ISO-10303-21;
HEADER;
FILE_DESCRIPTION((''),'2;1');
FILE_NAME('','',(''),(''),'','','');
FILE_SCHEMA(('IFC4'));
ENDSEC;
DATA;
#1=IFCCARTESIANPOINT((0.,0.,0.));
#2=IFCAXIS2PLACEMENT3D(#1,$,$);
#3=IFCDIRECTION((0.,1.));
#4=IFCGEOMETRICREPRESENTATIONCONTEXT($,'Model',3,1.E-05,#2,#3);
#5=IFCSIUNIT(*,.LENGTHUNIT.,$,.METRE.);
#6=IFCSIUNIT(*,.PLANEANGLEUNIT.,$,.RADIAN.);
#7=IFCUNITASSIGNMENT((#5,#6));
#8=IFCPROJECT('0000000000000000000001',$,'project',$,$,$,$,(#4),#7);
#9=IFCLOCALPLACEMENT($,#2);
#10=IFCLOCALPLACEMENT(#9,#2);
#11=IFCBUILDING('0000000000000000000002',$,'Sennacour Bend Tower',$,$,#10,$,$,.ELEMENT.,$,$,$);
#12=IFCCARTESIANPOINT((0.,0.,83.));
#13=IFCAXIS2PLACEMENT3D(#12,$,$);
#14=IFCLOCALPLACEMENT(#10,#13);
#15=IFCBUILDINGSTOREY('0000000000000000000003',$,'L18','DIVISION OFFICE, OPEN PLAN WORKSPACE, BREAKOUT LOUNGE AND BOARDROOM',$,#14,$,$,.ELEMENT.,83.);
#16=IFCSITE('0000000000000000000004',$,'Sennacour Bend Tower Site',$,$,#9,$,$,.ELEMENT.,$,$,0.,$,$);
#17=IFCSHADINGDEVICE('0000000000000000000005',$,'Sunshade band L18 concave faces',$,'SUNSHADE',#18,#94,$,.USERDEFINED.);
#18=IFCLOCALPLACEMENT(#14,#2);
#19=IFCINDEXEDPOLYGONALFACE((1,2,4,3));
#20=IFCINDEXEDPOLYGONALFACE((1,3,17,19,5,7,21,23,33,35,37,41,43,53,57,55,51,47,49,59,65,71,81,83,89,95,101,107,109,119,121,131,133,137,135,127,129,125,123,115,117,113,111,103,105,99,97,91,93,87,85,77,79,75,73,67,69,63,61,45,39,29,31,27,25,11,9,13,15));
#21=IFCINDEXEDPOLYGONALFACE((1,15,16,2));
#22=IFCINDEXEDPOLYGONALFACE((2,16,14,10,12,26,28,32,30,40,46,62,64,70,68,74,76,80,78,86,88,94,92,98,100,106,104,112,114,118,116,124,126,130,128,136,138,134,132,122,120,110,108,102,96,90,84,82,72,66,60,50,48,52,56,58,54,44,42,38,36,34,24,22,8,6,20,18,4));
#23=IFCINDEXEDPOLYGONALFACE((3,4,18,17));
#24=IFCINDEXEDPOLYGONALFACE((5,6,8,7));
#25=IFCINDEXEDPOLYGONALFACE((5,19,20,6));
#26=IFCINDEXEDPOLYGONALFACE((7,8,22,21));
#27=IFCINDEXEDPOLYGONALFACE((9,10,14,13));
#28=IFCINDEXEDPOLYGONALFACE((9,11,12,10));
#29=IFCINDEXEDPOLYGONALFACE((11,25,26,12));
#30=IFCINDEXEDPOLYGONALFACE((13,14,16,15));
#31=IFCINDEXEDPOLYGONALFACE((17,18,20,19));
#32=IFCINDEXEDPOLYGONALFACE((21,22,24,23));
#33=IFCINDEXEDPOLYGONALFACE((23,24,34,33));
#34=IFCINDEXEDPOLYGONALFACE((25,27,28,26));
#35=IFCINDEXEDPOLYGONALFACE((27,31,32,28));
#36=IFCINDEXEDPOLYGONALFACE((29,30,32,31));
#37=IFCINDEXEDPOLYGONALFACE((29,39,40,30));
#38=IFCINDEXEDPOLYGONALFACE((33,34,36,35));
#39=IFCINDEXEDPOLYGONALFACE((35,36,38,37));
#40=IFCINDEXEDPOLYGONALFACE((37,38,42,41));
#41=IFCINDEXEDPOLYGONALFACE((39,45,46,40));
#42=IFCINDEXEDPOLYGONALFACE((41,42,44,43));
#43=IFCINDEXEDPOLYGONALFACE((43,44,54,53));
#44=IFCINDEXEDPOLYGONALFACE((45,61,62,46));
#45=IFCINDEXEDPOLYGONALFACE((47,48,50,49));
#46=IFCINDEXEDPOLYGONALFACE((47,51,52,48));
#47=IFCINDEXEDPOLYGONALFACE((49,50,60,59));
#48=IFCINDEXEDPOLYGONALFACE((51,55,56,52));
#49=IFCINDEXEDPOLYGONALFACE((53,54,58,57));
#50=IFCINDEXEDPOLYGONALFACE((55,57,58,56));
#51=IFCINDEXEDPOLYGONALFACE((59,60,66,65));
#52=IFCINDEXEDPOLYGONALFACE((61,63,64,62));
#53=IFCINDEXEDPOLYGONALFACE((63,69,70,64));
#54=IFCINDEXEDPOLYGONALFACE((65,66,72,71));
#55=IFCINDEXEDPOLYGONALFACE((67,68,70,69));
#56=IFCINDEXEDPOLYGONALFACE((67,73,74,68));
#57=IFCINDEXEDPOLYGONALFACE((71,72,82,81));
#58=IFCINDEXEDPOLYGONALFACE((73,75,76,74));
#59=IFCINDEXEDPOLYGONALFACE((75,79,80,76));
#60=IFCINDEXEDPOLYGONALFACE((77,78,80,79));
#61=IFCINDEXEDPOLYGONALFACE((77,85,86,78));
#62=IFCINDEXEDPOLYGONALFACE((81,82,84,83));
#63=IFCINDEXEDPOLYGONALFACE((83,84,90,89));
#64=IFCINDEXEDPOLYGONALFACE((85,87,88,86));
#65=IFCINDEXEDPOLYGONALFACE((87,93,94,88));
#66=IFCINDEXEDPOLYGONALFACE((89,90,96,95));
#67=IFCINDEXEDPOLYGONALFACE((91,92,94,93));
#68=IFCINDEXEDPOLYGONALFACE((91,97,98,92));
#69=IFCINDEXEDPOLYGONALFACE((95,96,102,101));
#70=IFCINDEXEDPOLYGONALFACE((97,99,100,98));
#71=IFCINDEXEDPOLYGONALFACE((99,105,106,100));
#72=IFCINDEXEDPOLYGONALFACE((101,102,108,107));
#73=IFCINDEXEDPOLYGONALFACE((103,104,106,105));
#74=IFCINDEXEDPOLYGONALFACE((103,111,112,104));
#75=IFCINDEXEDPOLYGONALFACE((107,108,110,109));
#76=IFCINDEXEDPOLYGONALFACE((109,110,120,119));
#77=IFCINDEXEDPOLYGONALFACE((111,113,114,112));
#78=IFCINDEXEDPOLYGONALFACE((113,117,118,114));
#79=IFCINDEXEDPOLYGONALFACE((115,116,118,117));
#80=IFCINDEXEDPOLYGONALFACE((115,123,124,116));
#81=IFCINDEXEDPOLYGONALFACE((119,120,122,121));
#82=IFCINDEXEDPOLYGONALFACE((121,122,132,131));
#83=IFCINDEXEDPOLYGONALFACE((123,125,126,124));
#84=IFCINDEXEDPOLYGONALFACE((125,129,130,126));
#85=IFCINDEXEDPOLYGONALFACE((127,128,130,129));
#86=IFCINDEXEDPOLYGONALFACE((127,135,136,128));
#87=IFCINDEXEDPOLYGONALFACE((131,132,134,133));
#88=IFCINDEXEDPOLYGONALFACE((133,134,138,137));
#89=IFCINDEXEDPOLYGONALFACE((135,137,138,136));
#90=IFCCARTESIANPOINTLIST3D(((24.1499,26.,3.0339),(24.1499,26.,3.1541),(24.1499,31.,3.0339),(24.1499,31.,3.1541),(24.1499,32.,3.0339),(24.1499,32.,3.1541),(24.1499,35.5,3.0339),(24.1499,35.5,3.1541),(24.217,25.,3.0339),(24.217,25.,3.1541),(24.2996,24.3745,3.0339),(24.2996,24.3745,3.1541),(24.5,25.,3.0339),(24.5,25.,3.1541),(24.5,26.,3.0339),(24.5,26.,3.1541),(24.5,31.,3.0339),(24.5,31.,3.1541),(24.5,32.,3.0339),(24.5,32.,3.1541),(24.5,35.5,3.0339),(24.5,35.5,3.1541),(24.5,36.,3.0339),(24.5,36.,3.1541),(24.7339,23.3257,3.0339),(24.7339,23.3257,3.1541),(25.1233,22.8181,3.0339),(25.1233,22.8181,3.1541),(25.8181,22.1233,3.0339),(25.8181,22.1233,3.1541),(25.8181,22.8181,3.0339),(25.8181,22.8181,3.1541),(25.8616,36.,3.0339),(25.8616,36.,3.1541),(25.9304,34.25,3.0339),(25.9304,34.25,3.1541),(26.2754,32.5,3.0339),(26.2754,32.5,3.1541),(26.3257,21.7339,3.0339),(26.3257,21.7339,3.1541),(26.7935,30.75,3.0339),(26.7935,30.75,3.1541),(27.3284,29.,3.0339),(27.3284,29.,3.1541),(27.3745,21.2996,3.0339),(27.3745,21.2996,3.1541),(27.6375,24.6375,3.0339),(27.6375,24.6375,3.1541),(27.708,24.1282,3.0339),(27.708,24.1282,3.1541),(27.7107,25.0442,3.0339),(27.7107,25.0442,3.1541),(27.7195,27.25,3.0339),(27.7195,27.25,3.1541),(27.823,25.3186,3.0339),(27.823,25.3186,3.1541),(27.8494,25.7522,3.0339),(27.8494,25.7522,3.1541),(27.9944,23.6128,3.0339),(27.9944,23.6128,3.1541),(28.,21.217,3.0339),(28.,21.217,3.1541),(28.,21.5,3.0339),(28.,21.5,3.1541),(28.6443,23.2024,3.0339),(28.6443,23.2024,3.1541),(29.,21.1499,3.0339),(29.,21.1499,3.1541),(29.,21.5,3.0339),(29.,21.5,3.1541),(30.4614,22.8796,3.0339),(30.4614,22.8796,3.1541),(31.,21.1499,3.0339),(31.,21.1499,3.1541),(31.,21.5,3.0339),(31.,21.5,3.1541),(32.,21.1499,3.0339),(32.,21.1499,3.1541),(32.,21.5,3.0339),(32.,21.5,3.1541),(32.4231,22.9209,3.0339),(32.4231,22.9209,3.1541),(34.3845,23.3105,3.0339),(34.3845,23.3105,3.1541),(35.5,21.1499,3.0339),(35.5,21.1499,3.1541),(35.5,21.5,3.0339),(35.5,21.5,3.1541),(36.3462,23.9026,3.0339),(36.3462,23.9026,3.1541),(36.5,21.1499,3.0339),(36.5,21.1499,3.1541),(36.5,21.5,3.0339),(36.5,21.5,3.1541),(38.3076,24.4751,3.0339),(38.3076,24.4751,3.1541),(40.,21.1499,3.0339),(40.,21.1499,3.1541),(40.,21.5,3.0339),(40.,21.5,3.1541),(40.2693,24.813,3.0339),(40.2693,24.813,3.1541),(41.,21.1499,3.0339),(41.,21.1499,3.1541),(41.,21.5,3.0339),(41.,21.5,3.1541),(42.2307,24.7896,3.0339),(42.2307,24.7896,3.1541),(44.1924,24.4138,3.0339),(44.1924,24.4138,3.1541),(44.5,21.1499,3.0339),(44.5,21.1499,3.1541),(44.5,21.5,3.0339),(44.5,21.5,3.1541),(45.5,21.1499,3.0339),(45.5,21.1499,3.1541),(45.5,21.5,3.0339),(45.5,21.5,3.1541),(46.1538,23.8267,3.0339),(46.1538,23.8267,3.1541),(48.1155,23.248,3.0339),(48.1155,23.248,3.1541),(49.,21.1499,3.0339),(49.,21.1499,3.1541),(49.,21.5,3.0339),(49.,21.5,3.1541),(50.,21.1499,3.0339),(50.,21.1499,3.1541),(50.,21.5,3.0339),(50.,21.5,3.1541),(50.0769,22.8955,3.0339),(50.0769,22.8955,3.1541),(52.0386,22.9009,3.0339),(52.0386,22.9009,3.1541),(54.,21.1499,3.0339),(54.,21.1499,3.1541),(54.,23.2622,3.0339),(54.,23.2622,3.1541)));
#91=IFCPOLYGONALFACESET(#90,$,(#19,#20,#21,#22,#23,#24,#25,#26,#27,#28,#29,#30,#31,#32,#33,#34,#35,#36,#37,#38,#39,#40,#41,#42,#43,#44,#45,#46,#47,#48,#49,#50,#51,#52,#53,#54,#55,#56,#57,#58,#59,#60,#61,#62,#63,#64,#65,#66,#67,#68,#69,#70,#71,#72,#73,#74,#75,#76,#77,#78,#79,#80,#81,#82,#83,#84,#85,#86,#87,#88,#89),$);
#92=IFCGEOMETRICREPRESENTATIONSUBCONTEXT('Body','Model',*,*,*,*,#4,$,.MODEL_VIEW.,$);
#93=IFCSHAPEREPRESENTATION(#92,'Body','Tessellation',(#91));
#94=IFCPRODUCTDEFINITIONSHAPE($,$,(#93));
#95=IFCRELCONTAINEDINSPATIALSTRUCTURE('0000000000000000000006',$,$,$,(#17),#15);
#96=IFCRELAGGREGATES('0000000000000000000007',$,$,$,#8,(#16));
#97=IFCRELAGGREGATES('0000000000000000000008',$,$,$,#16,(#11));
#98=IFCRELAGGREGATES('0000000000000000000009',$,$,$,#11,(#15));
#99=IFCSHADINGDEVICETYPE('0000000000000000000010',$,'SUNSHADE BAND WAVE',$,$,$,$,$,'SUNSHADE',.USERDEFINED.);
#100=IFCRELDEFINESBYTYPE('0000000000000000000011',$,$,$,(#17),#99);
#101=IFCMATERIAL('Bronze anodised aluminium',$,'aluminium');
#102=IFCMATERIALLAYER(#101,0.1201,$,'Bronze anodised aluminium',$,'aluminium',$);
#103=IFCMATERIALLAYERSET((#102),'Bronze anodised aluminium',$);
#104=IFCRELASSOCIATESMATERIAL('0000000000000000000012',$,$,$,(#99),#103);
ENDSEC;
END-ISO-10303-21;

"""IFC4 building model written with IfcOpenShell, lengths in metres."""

from ifc_helpers import new_model, si_unit, direction, frame, origin, place, context, subcontext, project, spatial, polyline, outline, extrude, material, layer, layer_set, type_object, element, save


model = new_model("IFC4")

# Units and contexts
model_context = context("Model", 3, precision=1e-05, world=origin(), true_north=direction((0.0, 1.0)))
body_context = subcontext(model_context, "Body", "Model", "MODEL_VIEW")
ifc_project = project(units=[si_unit("LENGTHUNIT", "METRE"), si_unit("PLANEANGLEUNIT", "RADIAN")], contexts=[model_context])

# Site, building, storey
site_placement = place(None, origin())
site = spatial("IfcSite", under=ifc_project, at=site_placement, Name="Sennacour Bend Tower Site", CompositionType="ELEMENT", RefElevation=0.0)
building_placement = place(site_placement, origin())
building = spatial("IfcBuilding", under=site, at=building_placement, Name="Sennacour Bend Tower", CompositionType="ELEMENT")
storey_placement = place(building_placement, frame((0.0, 0.0, 83.0)))
storey = spatial("IfcBuildingStorey", under=building, at=storey_placement, Name="L18", Description="DIVISION OFFICE, OPEN PLAN WORKSPACE, BREAKOUT LOUNGE AND BOARDROOM", CompositionType="ELEMENT", Elevation=83.0)

# Shading device
ifc_material_1 = material(Name="Bronze anodised aluminium", Category="aluminium")
ifc_layer_1 = layer(ifc_material_1, 0.1201, Name="Bronze anodised aluminium", Category="aluminium")
ifc_layer_set_1 = layer_set([ifc_layer_1], Name="Bronze anodised aluminium")
shading_device_type_1 = type_object("IfcShadingDeviceType", Name="SUNSHADE BAND WAVE", ElementType="SUNSHADE", PredefinedType="USERDEFINED", material=ifc_layer_set_1)
shading_device_1_placement = place(storey_placement, frame((0.0, 0.0, 3.0339)))
element("IfcShadingDevice", 1, at=shading_device_1_placement, inside=storey, type_object=shading_device_type_1, Name="Sunshade band L18 concave faces", ObjectType="SUNSHADE", PredefinedType="USERDEFINED", context=body_context, shape_type="SweptSolid", body=[
    extrude(outline(polyline([(54.0, 21.1499), (50.0, 21.1499), (50.0, 21.5), (49.0, 21.5), (49.0, 21.1499), (45.5, 21.1499), (45.5, 21.5), (44.5, 21.5), (44.5, 21.1499), (41.0, 21.1499), (41.0, 21.5), (40.0, 21.5), (40.0, 21.1499), (36.5, 21.1499), (36.5, 21.5), (35.5, 21.5), (35.5, 21.1499), (32.0, 21.1499), (32.0, 21.5), (31.0, 21.5), (31.0, 21.1499), (29.0, 21.1499), (29.0, 21.5), (28.0, 21.5), (28.0, 21.217), (27.3745, 21.2996), (26.3257, 21.7339), (25.8181, 22.1233), (25.8181, 22.8181), (25.1233, 22.8181), (24.7339, 23.3257), (24.2996, 24.3745), (24.217, 25.0), (24.5, 25.0), (24.5, 26.0), (24.1499, 26.0), (24.1499, 31.0), (24.5, 31.0), (24.5, 32.0), (24.1499, 32.0), (24.1499, 35.5), (24.5, 35.5), (24.5, 36.0), (25.8616, 36.0), (25.9304, 34.25), (26.2754, 32.5), (26.7935, 30.75), (27.3284, 29.0), (27.7195, 27.25), (27.8494, 25.7522), (27.823, 25.3186), (27.7107, 25.0442), (27.6375, 24.6375), (27.708, 24.1282), (27.9944, 23.6128), (28.6443, 23.2024), (30.4614, 22.8796), (32.4231, 22.9209), (34.3845, 23.3105), (36.3462, 23.9026), (38.3076, 24.4751), (40.2693, 24.813), (42.2307, 24.7896), (44.1924, 24.4138), (46.1538, 23.8267), (48.1155, 23.248), (50.0769, 22.8955), (52.0386, 22.9009), (54.0, 23.2622), (54.0, 21.1499)])), origin(), (0.0, 0.0, 1.0), 0.1201),
])

save(model, "model.ifc")
